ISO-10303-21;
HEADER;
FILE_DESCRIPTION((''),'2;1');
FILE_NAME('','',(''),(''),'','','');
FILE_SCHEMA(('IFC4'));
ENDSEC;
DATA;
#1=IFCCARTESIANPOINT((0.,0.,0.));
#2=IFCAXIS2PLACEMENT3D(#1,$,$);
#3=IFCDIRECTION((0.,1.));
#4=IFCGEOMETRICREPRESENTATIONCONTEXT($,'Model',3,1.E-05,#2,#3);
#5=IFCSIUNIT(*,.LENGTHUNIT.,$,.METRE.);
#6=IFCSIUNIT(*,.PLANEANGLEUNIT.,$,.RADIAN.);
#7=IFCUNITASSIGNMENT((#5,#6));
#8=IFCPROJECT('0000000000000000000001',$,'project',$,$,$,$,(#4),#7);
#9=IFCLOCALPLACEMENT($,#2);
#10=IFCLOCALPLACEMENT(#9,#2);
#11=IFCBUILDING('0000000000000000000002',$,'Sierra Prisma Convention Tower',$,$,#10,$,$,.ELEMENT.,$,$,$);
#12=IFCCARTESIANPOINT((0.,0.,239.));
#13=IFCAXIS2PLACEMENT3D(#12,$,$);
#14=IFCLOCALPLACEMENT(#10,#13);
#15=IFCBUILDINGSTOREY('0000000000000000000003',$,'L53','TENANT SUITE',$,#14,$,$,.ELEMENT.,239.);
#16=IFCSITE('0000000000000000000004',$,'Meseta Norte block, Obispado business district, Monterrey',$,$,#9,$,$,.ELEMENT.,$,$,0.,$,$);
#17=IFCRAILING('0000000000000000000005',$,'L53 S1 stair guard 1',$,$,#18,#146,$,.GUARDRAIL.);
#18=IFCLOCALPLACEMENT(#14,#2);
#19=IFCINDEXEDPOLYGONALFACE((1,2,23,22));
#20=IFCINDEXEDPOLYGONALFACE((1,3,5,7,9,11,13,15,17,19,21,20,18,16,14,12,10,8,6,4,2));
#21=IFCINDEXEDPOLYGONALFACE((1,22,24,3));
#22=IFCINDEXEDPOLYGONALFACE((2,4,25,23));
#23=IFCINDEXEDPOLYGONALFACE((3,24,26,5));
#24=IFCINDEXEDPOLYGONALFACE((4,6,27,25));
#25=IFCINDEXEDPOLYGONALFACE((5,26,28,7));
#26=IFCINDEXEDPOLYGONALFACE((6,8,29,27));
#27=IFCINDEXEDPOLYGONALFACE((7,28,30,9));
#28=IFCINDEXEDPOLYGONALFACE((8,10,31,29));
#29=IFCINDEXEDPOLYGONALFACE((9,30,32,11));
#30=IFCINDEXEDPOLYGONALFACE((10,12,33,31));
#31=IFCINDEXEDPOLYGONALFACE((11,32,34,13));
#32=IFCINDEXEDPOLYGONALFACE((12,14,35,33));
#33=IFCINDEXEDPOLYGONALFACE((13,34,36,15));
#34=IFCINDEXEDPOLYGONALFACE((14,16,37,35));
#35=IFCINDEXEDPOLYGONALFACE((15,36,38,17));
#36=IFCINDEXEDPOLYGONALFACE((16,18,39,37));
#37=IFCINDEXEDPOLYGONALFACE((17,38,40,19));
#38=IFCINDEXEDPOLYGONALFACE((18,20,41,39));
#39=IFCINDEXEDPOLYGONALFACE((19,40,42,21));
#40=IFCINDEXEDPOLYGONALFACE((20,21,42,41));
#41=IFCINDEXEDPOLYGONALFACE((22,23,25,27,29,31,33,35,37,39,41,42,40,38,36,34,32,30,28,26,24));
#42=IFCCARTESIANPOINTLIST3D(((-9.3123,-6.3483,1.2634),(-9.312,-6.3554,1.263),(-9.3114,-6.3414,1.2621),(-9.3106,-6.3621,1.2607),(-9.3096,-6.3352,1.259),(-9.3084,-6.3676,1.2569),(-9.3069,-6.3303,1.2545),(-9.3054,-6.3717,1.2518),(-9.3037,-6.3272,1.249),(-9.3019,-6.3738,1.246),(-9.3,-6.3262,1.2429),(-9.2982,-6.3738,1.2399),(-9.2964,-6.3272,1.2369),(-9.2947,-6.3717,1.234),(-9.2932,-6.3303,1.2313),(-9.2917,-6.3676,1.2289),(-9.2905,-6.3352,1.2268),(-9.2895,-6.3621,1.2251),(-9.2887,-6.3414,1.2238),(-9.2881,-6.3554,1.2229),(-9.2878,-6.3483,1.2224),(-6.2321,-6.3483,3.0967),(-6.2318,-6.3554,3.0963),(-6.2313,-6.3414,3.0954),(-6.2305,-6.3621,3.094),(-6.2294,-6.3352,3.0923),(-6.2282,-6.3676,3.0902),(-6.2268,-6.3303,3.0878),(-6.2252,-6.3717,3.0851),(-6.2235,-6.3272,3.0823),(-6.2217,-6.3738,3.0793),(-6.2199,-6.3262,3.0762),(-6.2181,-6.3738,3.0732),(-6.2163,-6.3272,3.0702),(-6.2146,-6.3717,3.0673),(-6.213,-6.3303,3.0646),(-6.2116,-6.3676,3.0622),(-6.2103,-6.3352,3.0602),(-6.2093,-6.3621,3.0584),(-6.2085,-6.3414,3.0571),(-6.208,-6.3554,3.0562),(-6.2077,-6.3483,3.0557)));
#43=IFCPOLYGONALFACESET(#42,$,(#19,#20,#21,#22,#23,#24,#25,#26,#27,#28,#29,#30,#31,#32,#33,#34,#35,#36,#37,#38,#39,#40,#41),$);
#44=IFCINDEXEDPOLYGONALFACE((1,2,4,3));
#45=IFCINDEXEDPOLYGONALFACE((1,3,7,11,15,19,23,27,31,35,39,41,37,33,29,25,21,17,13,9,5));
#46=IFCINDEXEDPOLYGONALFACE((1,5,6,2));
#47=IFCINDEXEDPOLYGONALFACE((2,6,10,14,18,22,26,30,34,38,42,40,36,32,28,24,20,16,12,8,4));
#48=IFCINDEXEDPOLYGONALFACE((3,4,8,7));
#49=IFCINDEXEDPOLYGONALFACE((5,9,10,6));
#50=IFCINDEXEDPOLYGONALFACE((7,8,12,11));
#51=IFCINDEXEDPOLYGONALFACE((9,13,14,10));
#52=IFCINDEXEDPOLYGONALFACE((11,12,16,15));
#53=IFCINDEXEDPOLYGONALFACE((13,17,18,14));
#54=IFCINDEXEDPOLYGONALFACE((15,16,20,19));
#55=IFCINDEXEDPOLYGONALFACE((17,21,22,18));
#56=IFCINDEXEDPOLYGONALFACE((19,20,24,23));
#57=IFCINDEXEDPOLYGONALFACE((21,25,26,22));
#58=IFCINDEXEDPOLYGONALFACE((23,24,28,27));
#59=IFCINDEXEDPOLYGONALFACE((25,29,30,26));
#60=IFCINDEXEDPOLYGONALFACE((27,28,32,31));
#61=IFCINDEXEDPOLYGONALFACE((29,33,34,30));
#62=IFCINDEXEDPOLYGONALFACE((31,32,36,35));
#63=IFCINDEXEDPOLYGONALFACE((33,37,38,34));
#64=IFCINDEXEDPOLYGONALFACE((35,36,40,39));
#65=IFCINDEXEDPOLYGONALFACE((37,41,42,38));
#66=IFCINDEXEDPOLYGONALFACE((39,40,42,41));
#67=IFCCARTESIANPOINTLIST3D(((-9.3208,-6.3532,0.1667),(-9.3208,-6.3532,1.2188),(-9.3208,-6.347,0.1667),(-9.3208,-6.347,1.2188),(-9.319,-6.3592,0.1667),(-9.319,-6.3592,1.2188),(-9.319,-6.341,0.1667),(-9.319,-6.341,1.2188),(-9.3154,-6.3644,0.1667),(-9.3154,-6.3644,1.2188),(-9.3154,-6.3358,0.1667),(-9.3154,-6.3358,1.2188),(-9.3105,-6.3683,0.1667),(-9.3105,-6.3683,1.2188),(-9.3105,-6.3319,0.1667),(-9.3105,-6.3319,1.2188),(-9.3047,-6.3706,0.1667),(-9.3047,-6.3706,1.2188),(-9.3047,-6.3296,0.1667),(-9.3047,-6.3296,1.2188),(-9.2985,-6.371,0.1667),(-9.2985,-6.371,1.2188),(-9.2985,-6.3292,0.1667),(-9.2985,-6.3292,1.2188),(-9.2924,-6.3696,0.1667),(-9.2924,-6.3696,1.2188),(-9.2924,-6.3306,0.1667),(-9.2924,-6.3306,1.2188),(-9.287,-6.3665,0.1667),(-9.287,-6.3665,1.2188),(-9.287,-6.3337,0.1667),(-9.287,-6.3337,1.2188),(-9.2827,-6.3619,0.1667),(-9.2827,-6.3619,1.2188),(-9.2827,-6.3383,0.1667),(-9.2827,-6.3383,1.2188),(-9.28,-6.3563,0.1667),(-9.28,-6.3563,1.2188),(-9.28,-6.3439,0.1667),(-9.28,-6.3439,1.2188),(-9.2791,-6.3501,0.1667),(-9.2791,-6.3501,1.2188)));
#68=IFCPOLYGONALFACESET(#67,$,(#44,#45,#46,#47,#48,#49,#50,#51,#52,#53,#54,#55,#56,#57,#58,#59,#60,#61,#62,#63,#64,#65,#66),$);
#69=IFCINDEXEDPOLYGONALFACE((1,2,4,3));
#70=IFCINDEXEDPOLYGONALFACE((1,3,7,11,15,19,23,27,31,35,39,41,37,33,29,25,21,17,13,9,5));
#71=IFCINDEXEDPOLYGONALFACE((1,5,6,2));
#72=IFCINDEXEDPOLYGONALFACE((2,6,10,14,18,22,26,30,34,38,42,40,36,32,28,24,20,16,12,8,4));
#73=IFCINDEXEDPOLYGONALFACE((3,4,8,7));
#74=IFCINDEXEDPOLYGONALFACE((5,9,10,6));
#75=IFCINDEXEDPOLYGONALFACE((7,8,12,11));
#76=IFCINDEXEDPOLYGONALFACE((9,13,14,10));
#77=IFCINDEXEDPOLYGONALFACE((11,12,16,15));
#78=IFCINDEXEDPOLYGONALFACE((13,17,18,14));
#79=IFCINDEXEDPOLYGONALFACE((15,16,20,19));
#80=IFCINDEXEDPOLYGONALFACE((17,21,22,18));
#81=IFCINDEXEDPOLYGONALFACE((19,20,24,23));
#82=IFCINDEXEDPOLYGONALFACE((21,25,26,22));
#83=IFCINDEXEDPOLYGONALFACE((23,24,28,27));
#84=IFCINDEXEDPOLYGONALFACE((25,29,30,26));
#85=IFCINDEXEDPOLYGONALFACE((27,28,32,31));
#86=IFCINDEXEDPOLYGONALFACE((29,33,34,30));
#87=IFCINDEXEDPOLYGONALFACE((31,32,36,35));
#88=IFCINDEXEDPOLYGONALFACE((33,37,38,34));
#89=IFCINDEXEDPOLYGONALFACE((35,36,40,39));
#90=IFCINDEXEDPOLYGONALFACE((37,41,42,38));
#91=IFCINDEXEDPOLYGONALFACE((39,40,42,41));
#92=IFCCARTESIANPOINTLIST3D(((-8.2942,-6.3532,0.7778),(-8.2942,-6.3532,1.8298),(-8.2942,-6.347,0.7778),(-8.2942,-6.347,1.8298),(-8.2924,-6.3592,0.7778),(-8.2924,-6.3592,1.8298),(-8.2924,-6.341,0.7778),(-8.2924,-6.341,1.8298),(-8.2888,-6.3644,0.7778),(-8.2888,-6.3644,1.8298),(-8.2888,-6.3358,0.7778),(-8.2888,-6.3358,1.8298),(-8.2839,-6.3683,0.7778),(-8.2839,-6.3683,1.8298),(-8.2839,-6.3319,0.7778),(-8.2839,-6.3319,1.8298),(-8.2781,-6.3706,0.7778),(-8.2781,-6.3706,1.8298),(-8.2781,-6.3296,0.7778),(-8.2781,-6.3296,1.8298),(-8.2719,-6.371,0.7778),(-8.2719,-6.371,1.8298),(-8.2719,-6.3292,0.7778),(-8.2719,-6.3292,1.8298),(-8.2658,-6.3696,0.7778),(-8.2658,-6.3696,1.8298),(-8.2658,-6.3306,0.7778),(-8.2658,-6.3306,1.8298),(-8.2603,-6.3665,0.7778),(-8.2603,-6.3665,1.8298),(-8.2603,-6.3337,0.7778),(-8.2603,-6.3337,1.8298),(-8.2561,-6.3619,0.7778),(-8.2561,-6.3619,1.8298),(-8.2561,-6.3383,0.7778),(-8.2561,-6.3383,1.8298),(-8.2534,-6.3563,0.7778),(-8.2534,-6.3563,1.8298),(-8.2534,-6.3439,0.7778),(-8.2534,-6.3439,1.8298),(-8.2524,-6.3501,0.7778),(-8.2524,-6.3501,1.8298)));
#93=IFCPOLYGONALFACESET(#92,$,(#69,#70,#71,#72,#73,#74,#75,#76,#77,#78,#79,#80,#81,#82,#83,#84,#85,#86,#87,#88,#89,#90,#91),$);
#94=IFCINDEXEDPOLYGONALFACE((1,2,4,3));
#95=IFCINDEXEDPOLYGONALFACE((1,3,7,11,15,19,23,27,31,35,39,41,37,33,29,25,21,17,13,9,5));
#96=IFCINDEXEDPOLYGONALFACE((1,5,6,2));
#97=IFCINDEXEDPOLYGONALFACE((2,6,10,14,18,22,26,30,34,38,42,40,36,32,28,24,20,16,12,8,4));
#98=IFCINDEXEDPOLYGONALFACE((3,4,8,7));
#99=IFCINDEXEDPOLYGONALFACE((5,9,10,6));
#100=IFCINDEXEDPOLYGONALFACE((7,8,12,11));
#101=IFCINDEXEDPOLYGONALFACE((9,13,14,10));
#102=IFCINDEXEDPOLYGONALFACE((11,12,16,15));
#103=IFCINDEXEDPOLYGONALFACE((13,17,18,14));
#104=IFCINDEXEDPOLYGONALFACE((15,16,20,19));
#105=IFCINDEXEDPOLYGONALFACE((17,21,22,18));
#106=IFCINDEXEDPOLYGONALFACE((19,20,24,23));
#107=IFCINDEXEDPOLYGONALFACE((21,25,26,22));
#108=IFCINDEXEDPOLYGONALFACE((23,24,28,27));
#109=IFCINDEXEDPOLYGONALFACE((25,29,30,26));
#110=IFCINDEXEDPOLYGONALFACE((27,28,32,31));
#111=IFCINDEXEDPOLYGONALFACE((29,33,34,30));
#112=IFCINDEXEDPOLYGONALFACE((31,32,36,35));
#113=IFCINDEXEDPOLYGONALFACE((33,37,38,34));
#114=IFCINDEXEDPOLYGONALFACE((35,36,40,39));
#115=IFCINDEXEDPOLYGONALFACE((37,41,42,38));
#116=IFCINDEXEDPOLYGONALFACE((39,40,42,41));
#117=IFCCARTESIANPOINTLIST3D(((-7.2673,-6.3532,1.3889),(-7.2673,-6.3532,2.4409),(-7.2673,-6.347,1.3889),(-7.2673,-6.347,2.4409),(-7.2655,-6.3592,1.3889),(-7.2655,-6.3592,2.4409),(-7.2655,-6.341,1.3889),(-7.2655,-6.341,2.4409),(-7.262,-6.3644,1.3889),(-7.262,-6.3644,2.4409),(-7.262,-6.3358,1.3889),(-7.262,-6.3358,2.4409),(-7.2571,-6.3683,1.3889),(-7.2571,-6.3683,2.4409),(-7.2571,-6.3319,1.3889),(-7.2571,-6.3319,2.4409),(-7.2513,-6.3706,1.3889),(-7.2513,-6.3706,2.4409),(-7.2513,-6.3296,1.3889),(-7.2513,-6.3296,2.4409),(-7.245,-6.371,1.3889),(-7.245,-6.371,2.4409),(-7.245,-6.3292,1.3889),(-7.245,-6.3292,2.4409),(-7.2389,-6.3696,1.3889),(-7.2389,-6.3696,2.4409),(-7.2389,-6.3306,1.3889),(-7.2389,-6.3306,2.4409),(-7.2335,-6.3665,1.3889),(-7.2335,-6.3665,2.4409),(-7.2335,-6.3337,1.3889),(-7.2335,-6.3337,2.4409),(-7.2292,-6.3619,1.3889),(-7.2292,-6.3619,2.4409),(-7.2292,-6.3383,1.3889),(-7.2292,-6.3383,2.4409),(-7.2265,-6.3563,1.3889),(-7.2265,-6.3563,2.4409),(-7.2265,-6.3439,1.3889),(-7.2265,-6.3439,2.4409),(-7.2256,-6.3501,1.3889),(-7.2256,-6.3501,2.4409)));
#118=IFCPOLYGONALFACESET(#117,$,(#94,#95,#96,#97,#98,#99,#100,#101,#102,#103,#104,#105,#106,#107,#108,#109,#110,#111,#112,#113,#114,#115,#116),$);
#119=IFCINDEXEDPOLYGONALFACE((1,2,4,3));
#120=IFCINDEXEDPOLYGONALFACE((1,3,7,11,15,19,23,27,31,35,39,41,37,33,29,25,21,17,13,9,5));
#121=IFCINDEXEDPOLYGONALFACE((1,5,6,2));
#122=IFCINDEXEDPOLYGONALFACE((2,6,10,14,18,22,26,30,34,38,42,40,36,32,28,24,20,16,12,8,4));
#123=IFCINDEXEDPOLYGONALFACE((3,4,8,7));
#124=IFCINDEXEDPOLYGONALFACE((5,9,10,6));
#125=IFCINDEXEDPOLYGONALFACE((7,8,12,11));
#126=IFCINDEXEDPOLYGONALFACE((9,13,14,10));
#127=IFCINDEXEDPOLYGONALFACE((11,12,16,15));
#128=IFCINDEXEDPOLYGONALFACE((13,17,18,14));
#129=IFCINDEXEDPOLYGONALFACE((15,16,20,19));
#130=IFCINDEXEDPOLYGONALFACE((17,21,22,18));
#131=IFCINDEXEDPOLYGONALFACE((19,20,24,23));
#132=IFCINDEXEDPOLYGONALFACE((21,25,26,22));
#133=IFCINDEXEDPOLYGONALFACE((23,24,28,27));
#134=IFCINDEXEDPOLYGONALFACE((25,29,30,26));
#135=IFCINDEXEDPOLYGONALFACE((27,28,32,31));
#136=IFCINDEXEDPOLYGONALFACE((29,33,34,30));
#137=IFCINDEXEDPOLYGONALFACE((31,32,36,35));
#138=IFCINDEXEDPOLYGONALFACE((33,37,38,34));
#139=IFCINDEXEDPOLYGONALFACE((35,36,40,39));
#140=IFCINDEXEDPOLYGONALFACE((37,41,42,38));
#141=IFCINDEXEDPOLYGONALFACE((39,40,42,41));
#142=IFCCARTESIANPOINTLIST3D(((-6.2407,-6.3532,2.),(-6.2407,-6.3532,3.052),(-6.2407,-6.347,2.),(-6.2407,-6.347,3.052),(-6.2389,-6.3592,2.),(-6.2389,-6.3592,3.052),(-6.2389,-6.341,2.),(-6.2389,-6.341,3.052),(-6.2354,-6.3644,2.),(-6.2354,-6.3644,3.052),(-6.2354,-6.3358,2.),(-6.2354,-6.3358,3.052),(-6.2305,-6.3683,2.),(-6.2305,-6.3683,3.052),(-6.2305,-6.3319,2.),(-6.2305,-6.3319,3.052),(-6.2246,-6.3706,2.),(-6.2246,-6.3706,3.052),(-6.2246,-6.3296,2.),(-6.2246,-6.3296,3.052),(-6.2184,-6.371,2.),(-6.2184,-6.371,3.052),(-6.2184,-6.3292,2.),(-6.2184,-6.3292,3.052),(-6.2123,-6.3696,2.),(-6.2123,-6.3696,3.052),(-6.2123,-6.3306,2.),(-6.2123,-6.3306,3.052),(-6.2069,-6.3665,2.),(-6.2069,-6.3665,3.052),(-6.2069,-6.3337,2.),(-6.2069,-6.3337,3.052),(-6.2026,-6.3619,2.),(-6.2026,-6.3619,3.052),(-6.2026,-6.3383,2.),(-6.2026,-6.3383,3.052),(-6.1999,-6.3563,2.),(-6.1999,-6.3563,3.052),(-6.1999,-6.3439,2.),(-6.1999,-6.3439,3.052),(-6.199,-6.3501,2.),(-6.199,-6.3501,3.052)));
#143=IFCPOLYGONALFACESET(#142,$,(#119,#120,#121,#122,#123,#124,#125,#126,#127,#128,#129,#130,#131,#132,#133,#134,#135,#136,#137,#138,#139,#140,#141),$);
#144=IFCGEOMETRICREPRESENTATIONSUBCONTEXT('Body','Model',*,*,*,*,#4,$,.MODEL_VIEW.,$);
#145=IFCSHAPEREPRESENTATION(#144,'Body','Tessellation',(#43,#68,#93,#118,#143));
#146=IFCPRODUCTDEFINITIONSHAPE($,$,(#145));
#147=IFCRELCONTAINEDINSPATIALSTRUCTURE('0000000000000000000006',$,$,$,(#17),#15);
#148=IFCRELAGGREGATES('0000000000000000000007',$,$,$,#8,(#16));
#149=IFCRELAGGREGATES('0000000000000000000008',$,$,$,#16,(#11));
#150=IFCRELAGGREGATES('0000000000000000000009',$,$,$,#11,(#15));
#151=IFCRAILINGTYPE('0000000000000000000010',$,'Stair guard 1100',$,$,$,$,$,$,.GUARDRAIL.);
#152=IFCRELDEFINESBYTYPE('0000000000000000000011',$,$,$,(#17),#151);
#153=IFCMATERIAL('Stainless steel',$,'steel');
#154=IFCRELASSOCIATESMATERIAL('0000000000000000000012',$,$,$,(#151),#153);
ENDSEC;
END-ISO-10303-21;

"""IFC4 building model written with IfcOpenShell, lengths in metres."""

from ifc_helpers import new_model, si_unit, direction, frame, origin, origin_2d, place, context, subcontext, project, spatial, circle, extrude, material, type_object, element, save


model = new_model("IFC4")

# Units and contexts
model_context = context("Model", 3, precision=1e-05, world=origin(), true_north=direction((0.0, 1.0)))
body_context = subcontext(model_context, "Body", "Model", "MODEL_VIEW")
ifc_project = project(units=[si_unit("LENGTHUNIT", "METRE"), si_unit("PLANEANGLEUNIT", "RADIAN")], contexts=[model_context])

# Site, building, storey
site_placement = place(None, origin())
site = spatial("IfcSite", under=ifc_project, at=site_placement, Name="Meseta Norte block, Obispado business district, Monterrey", CompositionType="ELEMENT", RefElevation=0.0)
building_placement = place(site_placement, origin())
building = spatial("IfcBuilding", under=site, at=building_placement, Name="Sierra Prisma Convention Tower", CompositionType="ELEMENT")
storey_placement = place(building_placement, frame((0.0, 0.0, 239.0)))
storey = spatial("IfcBuildingStorey", under=building, at=storey_placement, Name="L53", Description="TENANT SUITE", CompositionType="ELEMENT", Elevation=239.0)

# Railing
ifc_material_1 = material(Name="Stainless steel", Category="steel")
railing_type_1 = type_object("IfcRailingType", Name="Stair guard 1100", PredefinedType="GUARDRAIL", material=ifc_material_1)
railing_1_placement = place(storey_placement, frame((-9.3, -6.3501, 0.1667)))
element("IfcRailing", 1, at=railing_1_placement, inside=storey, type_object=railing_type_1, Name="L53 S1 stair guard 1", PredefinedType="GUARDRAIL", context=body_context, shape_type="SweptSolid", body=[
    extrude(circle(Radius=0.0239, at=origin_2d()), frame((0.0, 0.0, 1.0762), z_axis=(0.859309, 0.0, 0.511458), x_axis=(0.0, 1.0, 0.0)), (0.0, 0.0, 1.0), 3.5845),
    extrude(circle(Radius=0.021, at=origin_2d()), origin(), (0.0, 0.0, 1.0), 1.052),
    extrude(circle(Radius=0.021, at=origin_2d()), frame((1.0266, 0.0, 0.6111)), (0.0, 0.0, 1.0), 1.052),
    extrude(circle(Radius=0.021, at=origin_2d()), frame((2.0535, 0.0, 1.2222)), (0.0, 0.0, 1.0), 1.052),
    extrude(circle(Radius=0.021, at=origin_2d()), frame((3.0801, 0.0, 1.8333)), (0.0, 0.0, 1.0), 1.052),
])

save(model, "model.ifc")
